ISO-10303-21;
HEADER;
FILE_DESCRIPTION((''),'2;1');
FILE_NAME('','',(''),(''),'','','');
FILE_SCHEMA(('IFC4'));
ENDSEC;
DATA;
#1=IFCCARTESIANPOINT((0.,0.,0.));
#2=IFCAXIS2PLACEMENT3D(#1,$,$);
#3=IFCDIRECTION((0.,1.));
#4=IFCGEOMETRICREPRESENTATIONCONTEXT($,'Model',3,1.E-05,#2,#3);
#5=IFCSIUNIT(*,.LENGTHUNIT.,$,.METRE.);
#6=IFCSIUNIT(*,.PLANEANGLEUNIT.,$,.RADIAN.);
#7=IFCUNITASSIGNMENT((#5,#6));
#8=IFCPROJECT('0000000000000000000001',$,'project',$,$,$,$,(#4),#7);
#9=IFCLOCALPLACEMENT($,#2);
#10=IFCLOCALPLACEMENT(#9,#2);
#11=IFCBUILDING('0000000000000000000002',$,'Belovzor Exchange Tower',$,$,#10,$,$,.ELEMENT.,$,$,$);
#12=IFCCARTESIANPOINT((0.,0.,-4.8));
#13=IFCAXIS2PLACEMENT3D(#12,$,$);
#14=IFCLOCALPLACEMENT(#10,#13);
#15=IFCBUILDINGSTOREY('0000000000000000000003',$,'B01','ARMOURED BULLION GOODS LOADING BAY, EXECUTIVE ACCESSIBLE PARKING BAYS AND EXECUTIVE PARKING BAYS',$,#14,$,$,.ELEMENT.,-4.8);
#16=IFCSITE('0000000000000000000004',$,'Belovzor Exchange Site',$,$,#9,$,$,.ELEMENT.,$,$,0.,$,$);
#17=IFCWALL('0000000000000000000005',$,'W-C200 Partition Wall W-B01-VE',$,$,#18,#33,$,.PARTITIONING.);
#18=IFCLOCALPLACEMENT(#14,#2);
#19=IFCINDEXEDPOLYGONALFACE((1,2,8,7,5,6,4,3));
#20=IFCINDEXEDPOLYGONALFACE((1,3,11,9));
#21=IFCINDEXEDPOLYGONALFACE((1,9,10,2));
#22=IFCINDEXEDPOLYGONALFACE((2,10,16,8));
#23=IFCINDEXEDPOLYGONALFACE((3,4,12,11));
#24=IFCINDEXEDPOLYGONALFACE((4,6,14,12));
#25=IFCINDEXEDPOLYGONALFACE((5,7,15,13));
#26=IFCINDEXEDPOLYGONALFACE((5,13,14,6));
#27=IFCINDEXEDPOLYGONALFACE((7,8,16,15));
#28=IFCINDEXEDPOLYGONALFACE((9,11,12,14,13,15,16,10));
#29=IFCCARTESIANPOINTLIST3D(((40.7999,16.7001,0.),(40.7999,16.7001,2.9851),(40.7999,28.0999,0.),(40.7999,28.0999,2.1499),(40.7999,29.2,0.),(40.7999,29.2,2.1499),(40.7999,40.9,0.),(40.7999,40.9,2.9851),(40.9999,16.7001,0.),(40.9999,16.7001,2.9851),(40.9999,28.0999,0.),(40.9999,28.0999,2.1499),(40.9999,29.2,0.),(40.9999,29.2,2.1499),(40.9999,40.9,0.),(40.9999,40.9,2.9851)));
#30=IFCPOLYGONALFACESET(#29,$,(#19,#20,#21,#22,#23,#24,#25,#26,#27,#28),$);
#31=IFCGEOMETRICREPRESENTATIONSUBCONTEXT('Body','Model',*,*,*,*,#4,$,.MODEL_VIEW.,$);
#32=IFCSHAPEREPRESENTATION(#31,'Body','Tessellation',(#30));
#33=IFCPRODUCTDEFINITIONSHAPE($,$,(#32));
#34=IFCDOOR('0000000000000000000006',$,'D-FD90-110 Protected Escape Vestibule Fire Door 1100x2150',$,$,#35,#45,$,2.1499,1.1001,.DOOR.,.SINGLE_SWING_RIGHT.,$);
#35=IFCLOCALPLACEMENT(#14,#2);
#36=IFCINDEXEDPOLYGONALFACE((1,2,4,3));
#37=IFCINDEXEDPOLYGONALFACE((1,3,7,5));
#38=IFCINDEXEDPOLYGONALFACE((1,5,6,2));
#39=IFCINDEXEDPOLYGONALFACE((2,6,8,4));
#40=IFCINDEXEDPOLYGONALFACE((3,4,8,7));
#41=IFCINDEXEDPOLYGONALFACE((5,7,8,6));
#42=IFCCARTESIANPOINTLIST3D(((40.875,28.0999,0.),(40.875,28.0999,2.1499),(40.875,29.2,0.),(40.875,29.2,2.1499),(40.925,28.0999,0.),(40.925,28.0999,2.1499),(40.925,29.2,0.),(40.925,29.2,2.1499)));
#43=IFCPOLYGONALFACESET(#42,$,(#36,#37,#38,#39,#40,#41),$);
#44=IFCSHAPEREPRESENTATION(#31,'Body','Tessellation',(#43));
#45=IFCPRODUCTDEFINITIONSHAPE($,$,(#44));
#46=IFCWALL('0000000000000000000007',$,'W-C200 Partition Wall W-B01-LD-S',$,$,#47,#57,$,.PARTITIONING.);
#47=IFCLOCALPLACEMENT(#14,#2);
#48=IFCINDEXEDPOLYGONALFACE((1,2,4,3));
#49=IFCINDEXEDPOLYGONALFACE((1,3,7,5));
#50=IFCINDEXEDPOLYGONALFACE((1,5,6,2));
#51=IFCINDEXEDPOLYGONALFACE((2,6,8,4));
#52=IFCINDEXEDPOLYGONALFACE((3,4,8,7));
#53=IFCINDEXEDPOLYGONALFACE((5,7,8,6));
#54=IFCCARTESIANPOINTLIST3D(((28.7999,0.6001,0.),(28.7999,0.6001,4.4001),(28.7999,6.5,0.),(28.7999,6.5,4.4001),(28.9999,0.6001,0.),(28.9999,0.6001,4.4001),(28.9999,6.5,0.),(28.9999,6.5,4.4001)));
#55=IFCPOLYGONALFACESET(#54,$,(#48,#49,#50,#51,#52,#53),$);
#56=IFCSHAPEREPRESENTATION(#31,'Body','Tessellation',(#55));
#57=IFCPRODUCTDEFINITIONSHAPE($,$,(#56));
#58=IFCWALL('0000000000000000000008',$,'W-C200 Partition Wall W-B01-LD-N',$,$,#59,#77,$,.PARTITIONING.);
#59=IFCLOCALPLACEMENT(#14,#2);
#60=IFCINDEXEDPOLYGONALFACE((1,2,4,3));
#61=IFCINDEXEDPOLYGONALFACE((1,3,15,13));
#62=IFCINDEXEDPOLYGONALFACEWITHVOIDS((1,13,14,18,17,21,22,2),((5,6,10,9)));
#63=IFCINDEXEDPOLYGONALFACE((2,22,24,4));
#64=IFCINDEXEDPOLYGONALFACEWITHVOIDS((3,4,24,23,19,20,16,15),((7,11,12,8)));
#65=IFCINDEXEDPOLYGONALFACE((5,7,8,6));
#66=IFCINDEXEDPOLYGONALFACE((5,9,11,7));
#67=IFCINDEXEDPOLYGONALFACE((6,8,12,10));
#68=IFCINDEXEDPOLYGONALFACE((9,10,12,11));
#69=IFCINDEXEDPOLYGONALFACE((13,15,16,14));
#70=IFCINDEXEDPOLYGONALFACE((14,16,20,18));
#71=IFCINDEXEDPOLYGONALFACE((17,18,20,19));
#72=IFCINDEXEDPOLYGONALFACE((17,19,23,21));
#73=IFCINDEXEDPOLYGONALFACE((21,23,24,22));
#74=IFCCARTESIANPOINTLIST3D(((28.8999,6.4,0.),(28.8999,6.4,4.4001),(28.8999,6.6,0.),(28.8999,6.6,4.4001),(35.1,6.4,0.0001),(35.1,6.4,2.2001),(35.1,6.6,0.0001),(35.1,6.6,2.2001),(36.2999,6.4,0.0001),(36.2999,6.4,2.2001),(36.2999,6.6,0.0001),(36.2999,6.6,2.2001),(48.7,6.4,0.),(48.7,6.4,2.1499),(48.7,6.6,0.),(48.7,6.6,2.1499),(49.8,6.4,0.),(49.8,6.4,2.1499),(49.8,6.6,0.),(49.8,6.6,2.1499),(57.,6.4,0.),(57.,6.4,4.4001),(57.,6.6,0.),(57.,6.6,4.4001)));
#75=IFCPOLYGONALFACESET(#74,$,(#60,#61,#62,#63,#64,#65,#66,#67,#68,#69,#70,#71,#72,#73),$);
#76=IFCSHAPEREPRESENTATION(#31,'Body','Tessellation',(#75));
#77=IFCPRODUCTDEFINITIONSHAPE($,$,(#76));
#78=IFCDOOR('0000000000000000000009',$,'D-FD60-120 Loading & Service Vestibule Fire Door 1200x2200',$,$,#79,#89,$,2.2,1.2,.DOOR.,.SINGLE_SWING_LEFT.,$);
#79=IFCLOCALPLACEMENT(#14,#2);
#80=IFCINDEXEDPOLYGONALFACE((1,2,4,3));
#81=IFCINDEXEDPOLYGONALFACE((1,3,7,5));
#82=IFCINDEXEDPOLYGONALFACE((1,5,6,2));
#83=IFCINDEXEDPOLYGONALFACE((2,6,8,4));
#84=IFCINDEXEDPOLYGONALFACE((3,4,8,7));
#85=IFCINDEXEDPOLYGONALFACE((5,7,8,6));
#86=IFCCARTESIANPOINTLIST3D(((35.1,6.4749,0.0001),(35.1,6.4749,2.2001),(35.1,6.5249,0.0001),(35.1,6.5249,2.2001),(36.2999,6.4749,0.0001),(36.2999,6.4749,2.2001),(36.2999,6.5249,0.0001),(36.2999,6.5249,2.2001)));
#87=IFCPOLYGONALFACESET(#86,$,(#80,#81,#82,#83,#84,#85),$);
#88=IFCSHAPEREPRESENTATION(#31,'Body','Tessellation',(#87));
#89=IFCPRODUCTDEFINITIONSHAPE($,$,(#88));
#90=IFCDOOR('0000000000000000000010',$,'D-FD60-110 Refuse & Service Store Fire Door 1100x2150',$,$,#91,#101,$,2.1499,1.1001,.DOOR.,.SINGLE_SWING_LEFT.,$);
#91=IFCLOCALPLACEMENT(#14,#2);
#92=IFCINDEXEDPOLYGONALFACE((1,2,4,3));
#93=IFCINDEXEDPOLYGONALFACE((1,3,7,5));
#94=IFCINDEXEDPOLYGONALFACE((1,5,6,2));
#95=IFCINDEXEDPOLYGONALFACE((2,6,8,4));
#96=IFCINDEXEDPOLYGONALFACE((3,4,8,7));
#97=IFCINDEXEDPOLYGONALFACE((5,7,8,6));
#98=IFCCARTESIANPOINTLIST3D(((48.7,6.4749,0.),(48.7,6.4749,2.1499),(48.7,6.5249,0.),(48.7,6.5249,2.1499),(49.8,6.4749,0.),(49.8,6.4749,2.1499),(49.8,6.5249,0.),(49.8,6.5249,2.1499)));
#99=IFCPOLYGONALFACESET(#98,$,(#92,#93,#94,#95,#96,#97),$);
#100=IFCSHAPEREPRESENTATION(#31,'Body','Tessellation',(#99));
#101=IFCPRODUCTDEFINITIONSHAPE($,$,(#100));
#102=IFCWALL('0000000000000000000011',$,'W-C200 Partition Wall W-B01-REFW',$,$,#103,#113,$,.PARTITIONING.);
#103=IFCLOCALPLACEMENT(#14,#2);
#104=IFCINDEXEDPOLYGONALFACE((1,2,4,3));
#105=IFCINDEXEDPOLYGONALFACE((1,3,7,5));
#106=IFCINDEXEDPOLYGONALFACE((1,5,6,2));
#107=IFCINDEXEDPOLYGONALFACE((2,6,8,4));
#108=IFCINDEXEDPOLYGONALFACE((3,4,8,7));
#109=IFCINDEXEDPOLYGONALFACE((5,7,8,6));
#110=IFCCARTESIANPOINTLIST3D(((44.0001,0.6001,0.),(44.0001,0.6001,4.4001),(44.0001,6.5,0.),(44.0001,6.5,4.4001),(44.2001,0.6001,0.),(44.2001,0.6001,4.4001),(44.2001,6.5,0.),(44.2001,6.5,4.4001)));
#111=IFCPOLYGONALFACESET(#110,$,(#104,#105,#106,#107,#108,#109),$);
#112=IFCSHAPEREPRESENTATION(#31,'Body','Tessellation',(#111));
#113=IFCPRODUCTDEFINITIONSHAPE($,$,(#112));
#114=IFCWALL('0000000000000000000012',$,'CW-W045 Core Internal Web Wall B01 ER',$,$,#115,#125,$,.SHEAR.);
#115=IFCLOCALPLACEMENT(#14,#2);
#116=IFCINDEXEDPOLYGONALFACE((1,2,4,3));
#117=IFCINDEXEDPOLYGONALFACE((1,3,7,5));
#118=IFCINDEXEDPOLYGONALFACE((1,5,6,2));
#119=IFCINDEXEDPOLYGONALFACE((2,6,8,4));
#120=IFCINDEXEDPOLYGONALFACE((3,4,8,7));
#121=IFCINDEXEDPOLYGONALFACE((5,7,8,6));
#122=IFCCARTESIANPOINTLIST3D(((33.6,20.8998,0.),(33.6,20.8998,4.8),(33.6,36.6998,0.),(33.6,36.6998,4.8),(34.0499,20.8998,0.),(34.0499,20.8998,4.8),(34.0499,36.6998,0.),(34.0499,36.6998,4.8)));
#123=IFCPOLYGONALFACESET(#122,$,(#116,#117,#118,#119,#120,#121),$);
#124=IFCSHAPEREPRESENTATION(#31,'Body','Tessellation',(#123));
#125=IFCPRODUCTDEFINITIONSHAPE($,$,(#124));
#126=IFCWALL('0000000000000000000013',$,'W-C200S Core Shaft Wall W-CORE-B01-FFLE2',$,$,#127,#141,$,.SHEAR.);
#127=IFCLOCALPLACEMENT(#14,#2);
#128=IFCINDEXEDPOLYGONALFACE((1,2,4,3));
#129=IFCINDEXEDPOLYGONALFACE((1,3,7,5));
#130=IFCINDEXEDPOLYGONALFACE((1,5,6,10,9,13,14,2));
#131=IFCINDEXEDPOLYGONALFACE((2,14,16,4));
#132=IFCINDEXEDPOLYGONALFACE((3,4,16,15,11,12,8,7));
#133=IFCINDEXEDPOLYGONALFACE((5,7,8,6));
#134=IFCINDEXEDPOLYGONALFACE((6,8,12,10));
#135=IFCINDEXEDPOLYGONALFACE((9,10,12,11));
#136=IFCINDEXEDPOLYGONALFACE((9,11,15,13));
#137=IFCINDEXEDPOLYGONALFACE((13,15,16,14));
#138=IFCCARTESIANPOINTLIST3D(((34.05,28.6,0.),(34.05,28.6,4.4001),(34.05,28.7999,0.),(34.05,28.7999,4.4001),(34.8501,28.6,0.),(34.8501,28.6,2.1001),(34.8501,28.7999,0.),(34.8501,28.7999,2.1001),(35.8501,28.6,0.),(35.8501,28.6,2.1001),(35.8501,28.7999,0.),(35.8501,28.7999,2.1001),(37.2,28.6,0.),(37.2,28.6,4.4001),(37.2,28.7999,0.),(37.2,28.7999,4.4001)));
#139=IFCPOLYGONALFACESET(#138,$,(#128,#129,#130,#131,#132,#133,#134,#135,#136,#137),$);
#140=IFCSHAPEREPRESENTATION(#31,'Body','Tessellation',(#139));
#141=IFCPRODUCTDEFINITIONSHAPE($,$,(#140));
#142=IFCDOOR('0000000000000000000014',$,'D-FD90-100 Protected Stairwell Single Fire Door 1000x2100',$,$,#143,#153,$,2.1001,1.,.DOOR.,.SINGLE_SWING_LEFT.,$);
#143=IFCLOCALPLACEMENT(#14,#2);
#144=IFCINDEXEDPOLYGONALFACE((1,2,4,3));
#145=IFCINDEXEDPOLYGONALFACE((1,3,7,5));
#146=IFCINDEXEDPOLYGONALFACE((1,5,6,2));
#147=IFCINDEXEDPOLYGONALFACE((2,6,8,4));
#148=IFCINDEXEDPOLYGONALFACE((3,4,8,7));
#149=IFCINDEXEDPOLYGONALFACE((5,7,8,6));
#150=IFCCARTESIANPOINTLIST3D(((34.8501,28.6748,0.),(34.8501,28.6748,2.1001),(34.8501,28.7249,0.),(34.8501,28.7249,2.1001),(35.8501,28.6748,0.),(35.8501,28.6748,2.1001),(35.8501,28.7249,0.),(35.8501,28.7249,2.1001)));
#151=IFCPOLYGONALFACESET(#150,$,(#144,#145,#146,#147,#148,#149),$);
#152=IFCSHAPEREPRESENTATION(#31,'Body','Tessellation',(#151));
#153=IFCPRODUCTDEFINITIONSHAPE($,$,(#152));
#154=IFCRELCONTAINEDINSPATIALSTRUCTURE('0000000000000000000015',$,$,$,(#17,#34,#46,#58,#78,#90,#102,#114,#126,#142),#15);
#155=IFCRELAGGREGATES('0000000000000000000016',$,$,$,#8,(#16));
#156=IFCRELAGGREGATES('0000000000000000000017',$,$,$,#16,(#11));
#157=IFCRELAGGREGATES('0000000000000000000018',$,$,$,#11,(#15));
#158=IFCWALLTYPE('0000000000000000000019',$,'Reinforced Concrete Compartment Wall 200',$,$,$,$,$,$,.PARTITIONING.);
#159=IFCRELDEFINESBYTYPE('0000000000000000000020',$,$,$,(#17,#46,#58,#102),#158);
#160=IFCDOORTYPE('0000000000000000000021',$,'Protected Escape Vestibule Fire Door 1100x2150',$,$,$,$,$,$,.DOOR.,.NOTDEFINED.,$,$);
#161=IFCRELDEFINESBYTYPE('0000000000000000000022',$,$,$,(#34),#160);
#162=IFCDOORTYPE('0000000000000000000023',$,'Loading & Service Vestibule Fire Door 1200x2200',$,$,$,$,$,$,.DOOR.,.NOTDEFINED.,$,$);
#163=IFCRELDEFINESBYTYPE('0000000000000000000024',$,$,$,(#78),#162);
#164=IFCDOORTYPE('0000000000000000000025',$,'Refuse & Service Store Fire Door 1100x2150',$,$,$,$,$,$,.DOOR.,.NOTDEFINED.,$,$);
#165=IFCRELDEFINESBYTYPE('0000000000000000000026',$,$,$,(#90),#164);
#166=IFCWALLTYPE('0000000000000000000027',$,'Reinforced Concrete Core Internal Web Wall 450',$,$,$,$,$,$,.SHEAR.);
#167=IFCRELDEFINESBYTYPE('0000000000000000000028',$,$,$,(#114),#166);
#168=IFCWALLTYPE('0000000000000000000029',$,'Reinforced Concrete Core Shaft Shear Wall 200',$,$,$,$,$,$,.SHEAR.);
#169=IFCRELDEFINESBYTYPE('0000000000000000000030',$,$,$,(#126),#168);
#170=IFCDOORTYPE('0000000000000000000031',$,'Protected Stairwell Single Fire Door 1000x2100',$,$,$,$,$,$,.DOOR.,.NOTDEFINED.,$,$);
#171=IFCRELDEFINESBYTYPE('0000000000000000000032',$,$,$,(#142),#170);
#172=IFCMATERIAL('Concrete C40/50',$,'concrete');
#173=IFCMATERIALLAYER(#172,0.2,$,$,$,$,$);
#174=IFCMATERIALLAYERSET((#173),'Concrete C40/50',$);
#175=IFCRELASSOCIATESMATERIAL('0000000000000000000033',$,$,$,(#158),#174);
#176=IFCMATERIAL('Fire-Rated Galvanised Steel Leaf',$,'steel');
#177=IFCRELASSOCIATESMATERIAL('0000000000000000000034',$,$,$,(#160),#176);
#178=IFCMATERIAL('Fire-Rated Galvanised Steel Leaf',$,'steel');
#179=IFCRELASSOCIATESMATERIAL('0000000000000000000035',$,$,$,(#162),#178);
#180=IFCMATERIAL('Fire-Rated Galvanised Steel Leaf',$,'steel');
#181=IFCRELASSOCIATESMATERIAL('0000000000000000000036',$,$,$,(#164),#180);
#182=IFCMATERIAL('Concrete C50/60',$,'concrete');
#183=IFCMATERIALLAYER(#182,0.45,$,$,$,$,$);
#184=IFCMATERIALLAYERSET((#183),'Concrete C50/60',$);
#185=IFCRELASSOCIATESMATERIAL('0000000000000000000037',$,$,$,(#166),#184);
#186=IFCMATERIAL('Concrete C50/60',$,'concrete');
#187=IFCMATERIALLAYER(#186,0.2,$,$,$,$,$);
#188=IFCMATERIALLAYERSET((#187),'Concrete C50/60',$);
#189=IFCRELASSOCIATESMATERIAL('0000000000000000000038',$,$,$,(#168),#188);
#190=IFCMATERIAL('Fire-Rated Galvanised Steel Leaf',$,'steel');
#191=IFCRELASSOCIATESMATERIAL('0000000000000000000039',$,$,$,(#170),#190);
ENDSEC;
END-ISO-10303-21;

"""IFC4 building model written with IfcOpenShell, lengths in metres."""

from ifc_helpers import new_model, si_unit, direction, frame, frame_2d, origin, place, context, subcontext, project, spatial, rectangle, extrude, material, layer, layer_set, type_object, element, fill, save


model = new_model("IFC4")

# Units and contexts
model_context = context("Model", 3, precision=1e-05, world=origin(), true_north=direction((0.0, 1.0)))
body_context = subcontext(model_context, "Body", "Model", "MODEL_VIEW")
ifc_project = project(units=[si_unit("LENGTHUNIT", "METRE"), si_unit("PLANEANGLEUNIT", "RADIAN")], contexts=[model_context])

# Site, building, storey
site_placement = place(None, origin())
site = spatial("IfcSite", under=ifc_project, at=site_placement, Name="Belovzor Exchange Site", CompositionType="ELEMENT", RefElevation=0.0)
building_placement = place(site_placement, origin())
building = spatial("IfcBuilding", under=site, at=building_placement, Name="Belovzor Exchange Tower", CompositionType="ELEMENT")
storey_placement = place(building_placement, frame((0.0, 0.0, -4.8)))
storey = spatial("IfcBuildingStorey", under=building, at=storey_placement, Name="B01", Description="ARMOURED BULLION GOODS LOADING BAY, EXECUTIVE ACCESSIBLE PARKING BAYS AND EXECUTIVE PARKING BAYS", CompositionType="ELEMENT", Elevation=-4.8)

# Wall, opening, door
ifc_material_1 = material(Name="Concrete C40/50", Category="concrete")
ifc_layer_1 = layer(ifc_material_1, 0.2)
ifc_layer_set_1 = layer_set([ifc_layer_1], Name="Concrete C40/50")
wall_type_1 = type_object("IfcWallType", Name="Reinforced Concrete Compartment Wall 200", PredefinedType="PARTITIONING", material=ifc_layer_set_1)
wall_1_placement = place(storey_placement, frame((40.8999, 16.7, 0.0), z_axis=(0.0, 0.0, 1.0), x_axis=(0.0, 1.0, 0.0)))
wall_1 = element("IfcWall", 1, at=wall_1_placement, inside=storey, type_object=wall_type_1, Name="W-C200 Partition Wall W-B01-VE", PredefinedType="PARTITIONING", context=body_context, shape_type="SweptSolid", body=[
    extrude(rectangle(XDim=24.2, YDim=0.2, at=frame_2d((12.1001, 0.0))), origin(), (0.0, 0.0, 1.0), 2.9851),
])
opening_1_placement = place(wall_1_placement, frame((11.3999, 0.0, 0.0)))
opening_1 = element("IfcOpeningElement", 2, at=opening_1_placement, cuts=wall_1, PredefinedType="OPENING", context=body_context, shape_type="SweptSolid", body=[
    extrude(rectangle(XDim=1.1001, YDim=2.1499, at=frame_2d((0.55, 1.075))), frame((0.0, 0.1099, 0.0), z_axis=(0.0, -1.0, 0.0), x_axis=(1.0, 0.0, 0.0)), (0.0, 0.0, 1.0), 0.22),
])
ifc_material_2 = material(Name="Fire-Rated Galvanised Steel Leaf", Category="steel")
door_type_1 = type_object("IfcDoorType", Name="Protected Escape Vestibule Fire Door 1100x2150", OperationType="NOTDEFINED", PredefinedType="DOOR", material=ifc_material_2)
door_1_placement = place(opening_1_placement, origin())
door_1 = element("IfcDoor", 3, at=door_1_placement, inside=storey, type_object=door_type_1, Name="D-FD90-110 Protected Escape Vestibule Fire Door 1100x2150", OperationType="SINGLE_SWING_RIGHT", OverallHeight=2.1499, OverallWidth=1.1001, PredefinedType="DOOR", context=body_context, shape_type="SweptSolid", body=[
    extrude(rectangle(XDim=1.1001, YDim=2.1499, at=frame_2d((0.55, 1.075))), frame((0.0, 0.0249, 0.0), z_axis=(0.0, -1.0, 0.0), x_axis=(1.0, 0.0, 0.0)), (0.0, 0.0, 1.0), 0.05),
])
fill(opening_1, door_1)

# Wall
wall_2_placement = place(storey_placement, frame((28.8999, 0.6001, 0.0), z_axis=(0.0, 0.0, 1.0), x_axis=(0.0, 1.0, 0.0)))
element("IfcWall", 4, at=wall_2_placement, inside=storey, type_object=wall_type_1, Name="W-C200 Partition Wall W-B01-LD-S", PredefinedType="PARTITIONING", context=body_context, shape_type="SweptSolid", body=[
    extrude(rectangle(XDim=5.8999, YDim=0.2, at=frame_2d((2.95, 0.0))), origin(), (0.0, 0.0, 1.0), 4.4001),
])

# Wall, openings, doors
wall_3_placement = place(storey_placement, frame((28.8999, 6.5, 0.0), z_axis=(0.0, 0.0, 1.0), x_axis=(1.0, 0.0, 0.0)))
wall_3 = element("IfcWall", 5, at=wall_3_placement, inside=storey, type_object=wall_type_1, Name="W-C200 Partition Wall W-B01-LD-N", PredefinedType="PARTITIONING", context=body_context, shape_type="SweptSolid", body=[
    extrude(rectangle(XDim=28.1001, YDim=0.2, at=frame_2d((14.05, 0.0))), origin(), (0.0, 0.0, 1.0), 4.4001),
])
opening_2_placement = place(wall_3_placement, frame((6.2, 0.0, 0.0)))
opening_2 = element("IfcOpeningElement", 6, at=opening_2_placement, cuts=wall_3, PredefinedType="OPENING", context=body_context, shape_type="SweptSolid", body=[
    extrude(rectangle(XDim=1.2, YDim=2.2, at=frame_2d((0.6001, 1.1001))), frame((0.0, 0.1099, 0.0), z_axis=(0.0, -1.0, 0.0), x_axis=(1.0, 0.0, 0.0)), (0.0, 0.0, 1.0), 0.22),
])
opening_3_placement = place(wall_3_placement, frame((19.8, 0.0, 0.0)))
opening_3 = element("IfcOpeningElement", 7, at=opening_3_placement, cuts=wall_3, PredefinedType="OPENING", context=body_context, shape_type="SweptSolid", body=[
    extrude(rectangle(XDim=1.1001, YDim=2.1499, at=frame_2d((0.55, 1.075))), frame((0.0, 0.1099, 0.0), z_axis=(0.0, -1.0, 0.0), x_axis=(1.0, 0.0, 0.0)), (0.0, 0.0, 1.0), 0.22),
])
ifc_material_3 = material(Name="Fire-Rated Galvanised Steel Leaf", Category="steel")
door_type_2 = type_object("IfcDoorType", Name="Loading & Service Vestibule Fire Door 1200x2200", OperationType="NOTDEFINED", PredefinedType="DOOR", material=ifc_material_3)
door_2_placement = place(opening_2_placement, origin())
door_2 = element("IfcDoor", 8, at=door_2_placement, inside=storey, type_object=door_type_2, Name="D-FD60-120 Loading & Service Vestibule Fire Door 1200x2200", OperationType="SINGLE_SWING_LEFT", OverallHeight=2.2, OverallWidth=1.2, PredefinedType="DOOR", context=body_context, shape_type="SweptSolid", body=[
    extrude(rectangle(XDim=1.2, YDim=2.2, at=frame_2d((0.6001, 1.1001))), frame((0.0, 0.0249, 0.0), z_axis=(0.0, -1.0, 0.0), x_axis=(1.0, 0.0, 0.0)), (0.0, 0.0, 1.0), 0.05),
])
fill(opening_2, door_2)
ifc_material_4 = material(Name="Fire-Rated Galvanised Steel Leaf", Category="steel")
door_type_3 = type_object("IfcDoorType", Name="Refuse & Service Store Fire Door 1100x2150", OperationType="NOTDEFINED", PredefinedType="DOOR", material=ifc_material_4)
door_3_placement = place(opening_3_placement, origin())
door_3 = element("IfcDoor", 9, at=door_3_placement, inside=storey, type_object=door_type_3, Name="D-FD60-110 Refuse & Service Store Fire Door 1100x2150", OperationType="SINGLE_SWING_LEFT", OverallHeight=2.1499, OverallWidth=1.1001, PredefinedType="DOOR", context=body_context, shape_type="SweptSolid", body=[
    extrude(rectangle(XDim=1.1001, YDim=2.1499, at=frame_2d((0.55, 1.075))), frame((0.0, 0.0249, 0.0), z_axis=(0.0, -1.0, 0.0), x_axis=(1.0, 0.0, 0.0)), (0.0, 0.0, 1.0), 0.05),
])
fill(opening_3, door_3)

# Walls
wall_4_placement = place(storey_placement, frame((44.1001, 0.6001, 0.0), z_axis=(0.0, 0.0, 1.0), x_axis=(0.0, 1.0, 0.0)))
element("IfcWall", 10, at=wall_4_placement, inside=storey, type_object=wall_type_1, Name="W-C200 Partition Wall W-B01-REFW", PredefinedType="PARTITIONING", context=body_context, shape_type="SweptSolid", body=[
    extrude(rectangle(XDim=5.8999, YDim=0.2, at=frame_2d((2.95, 0.0))), origin(), (0.0, 0.0, 1.0), 4.4001),
])
ifc_material_5 = material(Name="Concrete C50/60", Category="concrete")
ifc_layer_2 = layer(ifc_material_5, 0.45)
ifc_layer_set_2 = layer_set([ifc_layer_2], Name="Concrete C50/60")
wall_type_2 = type_object("IfcWallType", Name="Reinforced Concrete Core Internal Web Wall 450", PredefinedType="SHEAR", material=ifc_layer_set_2)
wall_5_placement = place(storey_placement, frame((33.825, 20.8999, 0.0), z_axis=(0.0, 0.0, 1.0), x_axis=(0.0, 1.0, 0.0)))
element("IfcWall", 11, at=wall_5_placement, inside=storey, type_object=wall_type_2, Name="CW-W045 Core Internal Web Wall B01 ER", PredefinedType="SHEAR", context=body_context, shape_type="SweptSolid", body=[
    extrude(rectangle(XDim=15.8, YDim=0.45, at=frame_2d((7.8999, 0.0))), origin(), (0.0, 0.0, 1.0), 4.8),
])

# Wall, opening, door
ifc_material_6 = material(Name="Concrete C50/60", Category="concrete")
ifc_layer_3 = layer(ifc_material_6, 0.2)
ifc_layer_set_3 = layer_set([ifc_layer_3], Name="Concrete C50/60")
wall_type_3 = type_object("IfcWallType", Name="Reinforced Concrete Core Shaft Shear Wall 200", PredefinedType="SHEAR", material=ifc_layer_set_3)
wall_6_placement = place(storey_placement, frame((34.05, 28.7, 0.0), z_axis=(0.0, 0.0, 1.0), x_axis=(1.0, 0.0, 0.0)))
wall_6 = element("IfcWall", 12, at=wall_6_placement, inside=storey, type_object=wall_type_3, Name="W-C200S Core Shaft Wall W-CORE-B01-FFLE2", PredefinedType="SHEAR", context=body_context, shape_type="SweptSolid", body=[
    extrude(rectangle(XDim=3.1499, YDim=0.2, at=frame_2d((1.575, 0.0))), origin(), (0.0, 0.0, 1.0), 4.4001),
])
opening_4_placement = place(wall_6_placement, frame((0.8, 0.0, 0.0)))
opening_4 = element("IfcOpeningElement", 13, at=opening_4_placement, cuts=wall_6, PredefinedType="OPENING", context=body_context, shape_type="SweptSolid", body=[
    extrude(rectangle(XDim=1.0, YDim=2.1001, at=frame_2d((0.5, 1.05))), frame((0.0, 0.1099, 0.0), z_axis=(0.0, -1.0, 0.0), x_axis=(1.0, 0.0, 0.0)), (0.0, 0.0, 1.0), 0.22),
])
ifc_material_7 = material(Name="Fire-Rated Galvanised Steel Leaf", Category="steel")
door_type_4 = type_object("IfcDoorType", Name="Protected Stairwell Single Fire Door 1000x2100", OperationType="NOTDEFINED", PredefinedType="DOOR", material=ifc_material_7)
door_4_placement = place(opening_4_placement, origin())
door_4 = element("IfcDoor", 14, at=door_4_placement, inside=storey, type_object=door_type_4, Name="D-FD90-100 Protected Stairwell Single Fire Door 1000x2100", OperationType="SINGLE_SWING_LEFT", OverallHeight=2.1001, OverallWidth=1.0, PredefinedType="DOOR", context=body_context, shape_type="SweptSolid", body=[
    extrude(rectangle(XDim=1.0, YDim=2.1001, at=frame_2d((0.5, 1.05))), frame((0.0, 0.0249, 0.0), z_axis=(0.0, -1.0, 0.0), x_axis=(1.0, 0.0, 0.0)), (0.0, 0.0, 1.0), 0.05),
])
fill(opening_4, door_4)

save(model, "model.ifc")
